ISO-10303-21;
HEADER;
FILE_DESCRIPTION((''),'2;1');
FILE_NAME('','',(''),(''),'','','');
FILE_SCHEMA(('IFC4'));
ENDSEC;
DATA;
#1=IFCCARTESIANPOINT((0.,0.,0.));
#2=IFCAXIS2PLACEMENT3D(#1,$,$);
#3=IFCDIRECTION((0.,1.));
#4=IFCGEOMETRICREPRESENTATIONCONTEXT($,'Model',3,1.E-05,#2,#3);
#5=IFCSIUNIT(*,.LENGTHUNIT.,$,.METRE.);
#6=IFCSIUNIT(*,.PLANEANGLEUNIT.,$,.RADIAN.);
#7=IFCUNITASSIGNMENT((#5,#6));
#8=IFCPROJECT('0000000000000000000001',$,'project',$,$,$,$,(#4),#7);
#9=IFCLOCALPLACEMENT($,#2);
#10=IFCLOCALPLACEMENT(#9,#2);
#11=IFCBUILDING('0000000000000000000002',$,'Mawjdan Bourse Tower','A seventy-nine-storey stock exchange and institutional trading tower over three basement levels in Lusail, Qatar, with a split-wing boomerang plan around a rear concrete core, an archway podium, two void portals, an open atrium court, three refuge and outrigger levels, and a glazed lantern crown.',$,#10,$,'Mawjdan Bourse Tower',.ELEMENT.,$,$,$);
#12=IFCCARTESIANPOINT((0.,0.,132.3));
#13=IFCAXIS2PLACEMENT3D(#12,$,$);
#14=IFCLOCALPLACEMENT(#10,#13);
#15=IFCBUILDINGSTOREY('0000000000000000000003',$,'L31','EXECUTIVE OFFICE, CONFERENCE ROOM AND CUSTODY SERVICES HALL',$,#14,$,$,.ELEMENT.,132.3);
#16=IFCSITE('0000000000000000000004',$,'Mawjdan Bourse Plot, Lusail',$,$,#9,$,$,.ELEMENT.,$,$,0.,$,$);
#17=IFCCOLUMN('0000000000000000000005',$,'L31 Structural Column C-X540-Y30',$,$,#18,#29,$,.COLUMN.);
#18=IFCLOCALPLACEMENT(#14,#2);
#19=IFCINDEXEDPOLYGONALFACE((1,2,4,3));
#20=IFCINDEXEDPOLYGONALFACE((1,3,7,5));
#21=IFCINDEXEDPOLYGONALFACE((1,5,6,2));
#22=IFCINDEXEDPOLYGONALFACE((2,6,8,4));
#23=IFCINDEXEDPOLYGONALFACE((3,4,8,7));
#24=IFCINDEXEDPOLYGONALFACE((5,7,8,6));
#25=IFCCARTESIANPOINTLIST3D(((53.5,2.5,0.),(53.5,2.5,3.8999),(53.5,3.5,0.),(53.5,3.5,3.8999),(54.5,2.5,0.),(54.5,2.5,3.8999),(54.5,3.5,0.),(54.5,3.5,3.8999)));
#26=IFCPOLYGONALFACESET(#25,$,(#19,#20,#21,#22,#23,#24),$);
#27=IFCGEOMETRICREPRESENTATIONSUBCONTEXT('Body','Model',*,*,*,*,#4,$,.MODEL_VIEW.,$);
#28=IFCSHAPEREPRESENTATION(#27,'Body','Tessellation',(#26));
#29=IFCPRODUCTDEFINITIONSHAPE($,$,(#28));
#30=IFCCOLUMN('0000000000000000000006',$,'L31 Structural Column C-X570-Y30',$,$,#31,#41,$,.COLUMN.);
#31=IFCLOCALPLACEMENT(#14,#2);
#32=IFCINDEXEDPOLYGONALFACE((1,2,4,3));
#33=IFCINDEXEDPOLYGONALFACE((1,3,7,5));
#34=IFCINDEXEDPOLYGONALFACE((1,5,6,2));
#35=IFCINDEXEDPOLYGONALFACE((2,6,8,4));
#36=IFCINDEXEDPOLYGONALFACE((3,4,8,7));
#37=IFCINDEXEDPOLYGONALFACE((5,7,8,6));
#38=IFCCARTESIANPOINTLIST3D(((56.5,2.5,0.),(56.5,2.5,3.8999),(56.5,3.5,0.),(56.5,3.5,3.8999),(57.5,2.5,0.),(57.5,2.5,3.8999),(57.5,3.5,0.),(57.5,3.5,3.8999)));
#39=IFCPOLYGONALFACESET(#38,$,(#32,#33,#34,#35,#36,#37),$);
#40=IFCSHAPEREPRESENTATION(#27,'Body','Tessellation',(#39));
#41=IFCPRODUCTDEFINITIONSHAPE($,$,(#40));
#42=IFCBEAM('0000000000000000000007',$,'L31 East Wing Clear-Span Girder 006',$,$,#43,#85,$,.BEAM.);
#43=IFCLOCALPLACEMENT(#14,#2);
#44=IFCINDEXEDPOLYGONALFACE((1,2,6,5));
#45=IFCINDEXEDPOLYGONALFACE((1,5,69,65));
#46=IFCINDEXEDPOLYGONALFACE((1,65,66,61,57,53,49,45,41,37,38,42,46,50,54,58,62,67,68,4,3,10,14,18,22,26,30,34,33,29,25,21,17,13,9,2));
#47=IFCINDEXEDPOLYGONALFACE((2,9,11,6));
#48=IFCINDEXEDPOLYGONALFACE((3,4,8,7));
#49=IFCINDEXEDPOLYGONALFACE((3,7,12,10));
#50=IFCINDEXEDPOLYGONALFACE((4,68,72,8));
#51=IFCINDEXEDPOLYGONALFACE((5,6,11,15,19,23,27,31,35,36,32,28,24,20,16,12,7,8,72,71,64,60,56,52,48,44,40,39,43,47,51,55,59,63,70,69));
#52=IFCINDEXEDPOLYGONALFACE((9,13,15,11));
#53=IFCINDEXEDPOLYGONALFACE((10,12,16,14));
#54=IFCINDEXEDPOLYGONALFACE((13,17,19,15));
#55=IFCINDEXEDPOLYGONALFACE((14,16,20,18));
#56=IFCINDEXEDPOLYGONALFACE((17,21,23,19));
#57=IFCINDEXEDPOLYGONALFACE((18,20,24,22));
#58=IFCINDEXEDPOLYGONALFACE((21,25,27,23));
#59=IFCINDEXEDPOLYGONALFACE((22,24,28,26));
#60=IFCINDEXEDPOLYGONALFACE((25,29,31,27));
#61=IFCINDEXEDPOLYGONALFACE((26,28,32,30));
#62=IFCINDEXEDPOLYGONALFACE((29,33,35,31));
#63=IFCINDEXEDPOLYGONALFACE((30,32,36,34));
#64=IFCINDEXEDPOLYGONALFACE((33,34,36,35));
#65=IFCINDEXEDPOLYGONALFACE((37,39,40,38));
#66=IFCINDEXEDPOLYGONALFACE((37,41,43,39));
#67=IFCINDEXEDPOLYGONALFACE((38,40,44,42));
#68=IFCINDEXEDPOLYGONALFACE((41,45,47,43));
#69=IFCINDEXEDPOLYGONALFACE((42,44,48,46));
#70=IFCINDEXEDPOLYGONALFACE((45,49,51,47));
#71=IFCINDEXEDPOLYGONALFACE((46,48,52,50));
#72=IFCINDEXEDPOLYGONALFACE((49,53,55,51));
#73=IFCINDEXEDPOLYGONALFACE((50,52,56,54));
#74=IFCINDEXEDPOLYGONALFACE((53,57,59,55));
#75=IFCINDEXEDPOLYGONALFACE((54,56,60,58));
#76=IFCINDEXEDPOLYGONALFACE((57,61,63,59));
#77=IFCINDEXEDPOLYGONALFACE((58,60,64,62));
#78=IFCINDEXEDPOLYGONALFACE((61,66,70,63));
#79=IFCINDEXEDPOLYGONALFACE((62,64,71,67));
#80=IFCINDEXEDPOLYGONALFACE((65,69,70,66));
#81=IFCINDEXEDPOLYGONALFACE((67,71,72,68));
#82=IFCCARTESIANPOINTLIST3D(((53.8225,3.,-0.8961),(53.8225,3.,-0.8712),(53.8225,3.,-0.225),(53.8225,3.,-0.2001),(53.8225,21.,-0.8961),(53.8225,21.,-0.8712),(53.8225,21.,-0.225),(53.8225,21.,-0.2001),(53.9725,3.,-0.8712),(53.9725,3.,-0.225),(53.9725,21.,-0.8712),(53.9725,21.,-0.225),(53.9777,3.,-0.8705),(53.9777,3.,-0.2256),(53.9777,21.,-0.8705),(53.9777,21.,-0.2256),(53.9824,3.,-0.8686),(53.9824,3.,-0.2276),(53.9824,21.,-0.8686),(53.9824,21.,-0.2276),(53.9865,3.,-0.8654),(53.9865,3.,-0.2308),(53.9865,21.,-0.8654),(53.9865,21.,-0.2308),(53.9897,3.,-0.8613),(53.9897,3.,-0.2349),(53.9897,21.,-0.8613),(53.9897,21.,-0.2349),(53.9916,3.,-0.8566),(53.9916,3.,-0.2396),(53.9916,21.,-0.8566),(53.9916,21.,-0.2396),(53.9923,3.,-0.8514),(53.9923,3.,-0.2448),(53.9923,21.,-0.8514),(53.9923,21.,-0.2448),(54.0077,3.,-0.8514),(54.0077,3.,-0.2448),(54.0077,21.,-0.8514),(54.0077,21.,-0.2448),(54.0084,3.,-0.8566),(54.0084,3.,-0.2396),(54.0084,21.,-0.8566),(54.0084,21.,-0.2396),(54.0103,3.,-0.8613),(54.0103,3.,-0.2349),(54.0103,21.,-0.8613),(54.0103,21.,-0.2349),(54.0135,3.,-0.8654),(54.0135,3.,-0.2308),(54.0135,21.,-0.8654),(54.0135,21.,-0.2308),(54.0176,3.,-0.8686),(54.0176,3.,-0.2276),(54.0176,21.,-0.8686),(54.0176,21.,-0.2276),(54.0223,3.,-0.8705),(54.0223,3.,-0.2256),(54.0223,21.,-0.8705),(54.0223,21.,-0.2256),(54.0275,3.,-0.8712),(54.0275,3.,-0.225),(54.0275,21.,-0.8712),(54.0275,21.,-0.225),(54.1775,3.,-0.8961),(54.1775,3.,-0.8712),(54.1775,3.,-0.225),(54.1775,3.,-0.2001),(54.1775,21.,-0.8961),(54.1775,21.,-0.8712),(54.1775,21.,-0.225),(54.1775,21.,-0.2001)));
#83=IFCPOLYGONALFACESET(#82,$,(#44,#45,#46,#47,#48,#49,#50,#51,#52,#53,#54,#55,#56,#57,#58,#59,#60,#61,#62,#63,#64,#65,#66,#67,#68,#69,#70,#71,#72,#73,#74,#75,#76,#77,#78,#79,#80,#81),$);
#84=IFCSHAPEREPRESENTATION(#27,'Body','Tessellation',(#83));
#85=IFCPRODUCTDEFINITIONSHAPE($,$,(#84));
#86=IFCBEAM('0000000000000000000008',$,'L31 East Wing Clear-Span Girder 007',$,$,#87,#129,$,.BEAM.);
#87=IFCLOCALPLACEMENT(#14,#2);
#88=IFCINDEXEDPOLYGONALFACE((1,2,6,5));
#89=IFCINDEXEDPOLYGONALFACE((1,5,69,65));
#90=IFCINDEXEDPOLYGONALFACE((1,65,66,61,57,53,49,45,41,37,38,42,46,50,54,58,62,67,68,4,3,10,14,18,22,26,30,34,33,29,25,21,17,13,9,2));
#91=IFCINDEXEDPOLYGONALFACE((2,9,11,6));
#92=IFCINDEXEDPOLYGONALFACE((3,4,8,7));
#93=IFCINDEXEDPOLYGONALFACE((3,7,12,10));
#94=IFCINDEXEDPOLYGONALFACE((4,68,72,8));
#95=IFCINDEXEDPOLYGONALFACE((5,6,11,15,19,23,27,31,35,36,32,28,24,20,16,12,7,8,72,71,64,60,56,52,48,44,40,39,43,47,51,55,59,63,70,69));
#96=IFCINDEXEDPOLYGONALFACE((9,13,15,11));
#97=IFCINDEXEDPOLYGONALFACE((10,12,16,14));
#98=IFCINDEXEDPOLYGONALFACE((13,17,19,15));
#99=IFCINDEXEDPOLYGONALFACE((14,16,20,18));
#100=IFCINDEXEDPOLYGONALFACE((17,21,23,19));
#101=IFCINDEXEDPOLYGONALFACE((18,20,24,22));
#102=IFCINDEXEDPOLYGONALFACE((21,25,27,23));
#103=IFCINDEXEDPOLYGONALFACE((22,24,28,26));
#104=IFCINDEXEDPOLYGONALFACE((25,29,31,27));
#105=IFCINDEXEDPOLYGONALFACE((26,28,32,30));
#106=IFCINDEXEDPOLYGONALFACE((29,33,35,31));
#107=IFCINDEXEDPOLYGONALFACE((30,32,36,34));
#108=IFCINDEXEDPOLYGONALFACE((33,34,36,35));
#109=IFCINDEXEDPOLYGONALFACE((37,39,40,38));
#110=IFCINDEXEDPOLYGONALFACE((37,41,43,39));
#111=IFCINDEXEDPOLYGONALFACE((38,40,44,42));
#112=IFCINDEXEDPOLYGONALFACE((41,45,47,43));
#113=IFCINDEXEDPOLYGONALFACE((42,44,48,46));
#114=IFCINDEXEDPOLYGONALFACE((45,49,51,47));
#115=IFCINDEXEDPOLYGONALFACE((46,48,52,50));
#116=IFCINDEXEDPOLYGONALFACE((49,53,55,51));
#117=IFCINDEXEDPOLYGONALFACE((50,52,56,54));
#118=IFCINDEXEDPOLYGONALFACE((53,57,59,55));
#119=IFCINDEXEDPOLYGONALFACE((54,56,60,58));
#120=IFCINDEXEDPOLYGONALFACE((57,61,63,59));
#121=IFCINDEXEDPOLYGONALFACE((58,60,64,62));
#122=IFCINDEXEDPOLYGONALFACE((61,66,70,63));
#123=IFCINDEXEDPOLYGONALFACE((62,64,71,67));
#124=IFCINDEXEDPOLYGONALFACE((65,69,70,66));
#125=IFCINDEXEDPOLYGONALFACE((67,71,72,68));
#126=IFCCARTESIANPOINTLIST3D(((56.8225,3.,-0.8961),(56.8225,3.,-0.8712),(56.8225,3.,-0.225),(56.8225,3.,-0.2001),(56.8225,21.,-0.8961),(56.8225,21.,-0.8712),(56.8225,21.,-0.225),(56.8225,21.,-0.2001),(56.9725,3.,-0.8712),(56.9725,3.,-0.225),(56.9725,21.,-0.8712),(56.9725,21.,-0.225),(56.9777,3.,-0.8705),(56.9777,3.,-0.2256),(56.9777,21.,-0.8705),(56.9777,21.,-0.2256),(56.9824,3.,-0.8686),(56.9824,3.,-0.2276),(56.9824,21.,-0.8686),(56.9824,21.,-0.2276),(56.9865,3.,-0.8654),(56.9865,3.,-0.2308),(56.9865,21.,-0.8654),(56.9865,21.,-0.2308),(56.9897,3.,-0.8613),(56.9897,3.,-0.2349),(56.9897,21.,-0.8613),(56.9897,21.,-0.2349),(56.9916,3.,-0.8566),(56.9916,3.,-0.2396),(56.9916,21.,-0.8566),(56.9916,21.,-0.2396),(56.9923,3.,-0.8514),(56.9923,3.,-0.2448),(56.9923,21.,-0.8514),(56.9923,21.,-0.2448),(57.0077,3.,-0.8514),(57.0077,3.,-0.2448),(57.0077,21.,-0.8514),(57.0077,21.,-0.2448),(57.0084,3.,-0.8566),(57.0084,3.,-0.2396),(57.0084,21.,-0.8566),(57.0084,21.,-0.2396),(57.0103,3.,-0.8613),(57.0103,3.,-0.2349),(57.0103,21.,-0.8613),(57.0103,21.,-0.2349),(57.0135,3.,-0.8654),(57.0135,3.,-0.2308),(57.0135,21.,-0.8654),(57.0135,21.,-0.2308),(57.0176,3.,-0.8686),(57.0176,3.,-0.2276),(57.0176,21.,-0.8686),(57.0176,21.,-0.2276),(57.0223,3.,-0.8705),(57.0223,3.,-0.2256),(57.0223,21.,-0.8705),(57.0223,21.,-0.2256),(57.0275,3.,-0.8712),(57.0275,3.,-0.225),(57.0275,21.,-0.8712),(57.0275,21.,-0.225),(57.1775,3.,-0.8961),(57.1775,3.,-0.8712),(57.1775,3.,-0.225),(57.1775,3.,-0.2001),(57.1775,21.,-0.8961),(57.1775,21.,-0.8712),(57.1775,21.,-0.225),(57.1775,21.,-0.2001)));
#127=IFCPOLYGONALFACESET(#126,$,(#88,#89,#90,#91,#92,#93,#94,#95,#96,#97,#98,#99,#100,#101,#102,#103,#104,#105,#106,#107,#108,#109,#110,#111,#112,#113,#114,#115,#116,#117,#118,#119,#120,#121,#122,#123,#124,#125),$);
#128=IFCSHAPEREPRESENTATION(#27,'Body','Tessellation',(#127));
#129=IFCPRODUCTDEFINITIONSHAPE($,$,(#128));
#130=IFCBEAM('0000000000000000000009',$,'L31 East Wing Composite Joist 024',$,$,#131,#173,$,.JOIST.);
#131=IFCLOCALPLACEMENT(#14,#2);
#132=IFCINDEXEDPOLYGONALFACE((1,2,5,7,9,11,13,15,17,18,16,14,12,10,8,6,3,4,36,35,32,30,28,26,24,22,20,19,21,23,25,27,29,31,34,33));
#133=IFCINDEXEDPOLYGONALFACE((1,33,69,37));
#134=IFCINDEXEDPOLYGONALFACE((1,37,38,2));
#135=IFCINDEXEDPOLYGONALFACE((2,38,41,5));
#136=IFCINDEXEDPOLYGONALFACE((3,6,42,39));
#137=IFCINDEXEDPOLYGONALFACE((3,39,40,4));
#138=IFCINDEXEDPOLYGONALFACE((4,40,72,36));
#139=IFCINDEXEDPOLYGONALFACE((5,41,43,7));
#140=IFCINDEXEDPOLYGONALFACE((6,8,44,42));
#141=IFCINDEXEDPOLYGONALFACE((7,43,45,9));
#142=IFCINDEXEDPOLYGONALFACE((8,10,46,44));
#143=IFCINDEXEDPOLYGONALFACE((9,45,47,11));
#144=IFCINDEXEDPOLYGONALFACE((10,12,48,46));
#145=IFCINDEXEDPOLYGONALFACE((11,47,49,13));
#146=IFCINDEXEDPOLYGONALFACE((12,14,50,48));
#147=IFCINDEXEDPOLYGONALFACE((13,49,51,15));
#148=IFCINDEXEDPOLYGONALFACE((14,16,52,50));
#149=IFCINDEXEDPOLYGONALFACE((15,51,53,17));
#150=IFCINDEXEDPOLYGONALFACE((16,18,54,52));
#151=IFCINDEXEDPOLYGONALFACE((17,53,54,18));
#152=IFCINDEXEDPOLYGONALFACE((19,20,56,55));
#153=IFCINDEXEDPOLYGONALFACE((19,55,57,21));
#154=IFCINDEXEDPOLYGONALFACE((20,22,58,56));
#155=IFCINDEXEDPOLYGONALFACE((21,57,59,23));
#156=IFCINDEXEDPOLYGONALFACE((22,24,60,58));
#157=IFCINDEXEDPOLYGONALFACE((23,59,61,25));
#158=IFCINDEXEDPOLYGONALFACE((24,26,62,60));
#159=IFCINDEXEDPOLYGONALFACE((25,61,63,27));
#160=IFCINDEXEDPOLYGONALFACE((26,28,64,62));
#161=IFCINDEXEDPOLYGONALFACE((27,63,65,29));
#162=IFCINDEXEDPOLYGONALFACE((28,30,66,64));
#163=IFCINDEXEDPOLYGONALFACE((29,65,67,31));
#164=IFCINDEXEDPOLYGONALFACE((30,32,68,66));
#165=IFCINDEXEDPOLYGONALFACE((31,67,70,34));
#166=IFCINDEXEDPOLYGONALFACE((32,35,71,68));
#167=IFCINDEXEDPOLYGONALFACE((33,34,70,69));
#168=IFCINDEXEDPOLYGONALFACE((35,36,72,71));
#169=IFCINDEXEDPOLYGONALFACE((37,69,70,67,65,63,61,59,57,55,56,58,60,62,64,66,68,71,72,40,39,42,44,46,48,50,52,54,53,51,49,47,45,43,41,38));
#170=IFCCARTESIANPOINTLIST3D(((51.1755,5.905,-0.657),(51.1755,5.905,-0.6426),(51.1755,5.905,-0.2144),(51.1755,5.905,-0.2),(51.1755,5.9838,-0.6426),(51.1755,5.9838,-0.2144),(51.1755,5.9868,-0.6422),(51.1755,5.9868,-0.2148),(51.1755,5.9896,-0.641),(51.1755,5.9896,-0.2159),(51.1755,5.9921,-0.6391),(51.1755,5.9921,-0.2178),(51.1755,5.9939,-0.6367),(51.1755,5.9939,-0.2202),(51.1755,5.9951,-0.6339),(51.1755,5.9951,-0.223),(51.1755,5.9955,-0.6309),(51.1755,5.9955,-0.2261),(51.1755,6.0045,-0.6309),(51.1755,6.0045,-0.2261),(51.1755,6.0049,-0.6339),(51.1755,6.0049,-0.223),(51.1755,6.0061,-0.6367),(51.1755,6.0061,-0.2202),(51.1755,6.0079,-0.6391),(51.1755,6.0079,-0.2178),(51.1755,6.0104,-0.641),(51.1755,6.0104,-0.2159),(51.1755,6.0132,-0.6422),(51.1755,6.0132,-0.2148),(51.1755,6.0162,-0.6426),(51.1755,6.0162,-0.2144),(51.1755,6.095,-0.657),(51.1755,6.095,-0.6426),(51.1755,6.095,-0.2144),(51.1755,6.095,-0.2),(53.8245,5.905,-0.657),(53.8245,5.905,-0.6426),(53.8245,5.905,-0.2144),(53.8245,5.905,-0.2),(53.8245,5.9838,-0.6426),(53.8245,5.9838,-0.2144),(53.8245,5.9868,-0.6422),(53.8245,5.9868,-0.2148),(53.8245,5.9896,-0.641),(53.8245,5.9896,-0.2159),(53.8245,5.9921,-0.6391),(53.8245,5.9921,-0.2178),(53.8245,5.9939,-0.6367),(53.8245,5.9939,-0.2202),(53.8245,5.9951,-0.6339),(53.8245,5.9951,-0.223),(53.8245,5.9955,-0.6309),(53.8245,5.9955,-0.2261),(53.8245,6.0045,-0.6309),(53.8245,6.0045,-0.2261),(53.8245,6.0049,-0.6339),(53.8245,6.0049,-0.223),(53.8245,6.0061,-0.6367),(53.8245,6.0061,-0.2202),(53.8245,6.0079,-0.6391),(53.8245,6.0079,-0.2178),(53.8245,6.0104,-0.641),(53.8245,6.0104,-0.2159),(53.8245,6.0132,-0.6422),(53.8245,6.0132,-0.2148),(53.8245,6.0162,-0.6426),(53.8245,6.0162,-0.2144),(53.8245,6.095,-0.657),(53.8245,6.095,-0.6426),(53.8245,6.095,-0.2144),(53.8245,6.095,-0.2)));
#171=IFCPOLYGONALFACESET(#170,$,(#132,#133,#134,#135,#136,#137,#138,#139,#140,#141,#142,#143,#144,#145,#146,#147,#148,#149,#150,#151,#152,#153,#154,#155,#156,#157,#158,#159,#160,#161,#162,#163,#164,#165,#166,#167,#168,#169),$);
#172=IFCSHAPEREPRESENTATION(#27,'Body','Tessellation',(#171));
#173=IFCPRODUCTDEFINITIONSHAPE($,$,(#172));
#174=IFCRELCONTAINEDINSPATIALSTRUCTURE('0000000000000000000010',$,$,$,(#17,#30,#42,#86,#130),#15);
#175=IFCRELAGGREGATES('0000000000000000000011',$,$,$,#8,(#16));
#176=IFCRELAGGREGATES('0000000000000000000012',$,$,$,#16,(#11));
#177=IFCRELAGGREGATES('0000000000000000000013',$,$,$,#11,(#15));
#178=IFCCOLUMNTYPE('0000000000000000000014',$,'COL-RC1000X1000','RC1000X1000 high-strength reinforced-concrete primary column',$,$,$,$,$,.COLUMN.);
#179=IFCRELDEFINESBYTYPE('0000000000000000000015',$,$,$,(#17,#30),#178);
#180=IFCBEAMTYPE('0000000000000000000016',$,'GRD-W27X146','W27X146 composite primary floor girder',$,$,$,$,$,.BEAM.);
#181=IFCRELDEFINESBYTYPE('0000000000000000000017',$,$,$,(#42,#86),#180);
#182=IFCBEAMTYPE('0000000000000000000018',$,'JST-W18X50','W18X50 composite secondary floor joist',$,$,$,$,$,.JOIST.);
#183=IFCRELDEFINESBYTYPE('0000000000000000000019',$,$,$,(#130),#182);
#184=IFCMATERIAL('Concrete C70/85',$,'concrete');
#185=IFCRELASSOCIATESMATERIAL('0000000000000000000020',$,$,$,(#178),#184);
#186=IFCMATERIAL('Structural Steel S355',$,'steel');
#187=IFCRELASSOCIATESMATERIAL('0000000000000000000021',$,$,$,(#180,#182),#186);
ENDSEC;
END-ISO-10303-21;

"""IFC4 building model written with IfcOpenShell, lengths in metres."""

from ifc_helpers import new_model, si_unit, direction, frame, origin, origin_2d, place, context, subcontext, project, spatial, rectangle, i_section, extrude, material, material_profile, profile_set, type_object, element, save


model = new_model("IFC4")

# Units and contexts
model_context = context("Model", 3, precision=1e-05, world=origin(), true_north=direction((0.0, 1.0)))
body_context = subcontext(model_context, "Body", "Model", "MODEL_VIEW")
ifc_project = project(units=[si_unit("LENGTHUNIT", "METRE"), si_unit("PLANEANGLEUNIT", "RADIAN")], contexts=[model_context])

# Site, building, storey
site_placement = place(None, origin())
site = spatial("IfcSite", under=ifc_project, at=site_placement, Name="Mawjdan Bourse Plot, Lusail", CompositionType="ELEMENT", RefElevation=0.0)
building_placement = place(site_placement, origin())
building = spatial("IfcBuilding", under=site, at=building_placement, Name="Mawjdan Bourse Tower", Description="A seventy-nine-storey stock exchange and institutional trading tower over three basement levels in Lusail, Qatar, with a split-wing boomerang plan around a rear concrete core, an archway podium, two void portals, an open atrium court, three refuge and outrigger levels, and a glazed lantern crown.", LongName="Mawjdan Bourse Tower", CompositionType="ELEMENT")
storey_placement = place(building_placement, frame((0.0, 0.0, 132.3)))
storey = spatial("IfcBuildingStorey", under=building, at=storey_placement, Name="L31", Description="EXECUTIVE OFFICE, CONFERENCE ROOM AND CUSTODY SERVICES HALL", CompositionType="ELEMENT", Elevation=132.3)

# Columns
ifc_material_1 = material(Name="Concrete C70/85", Category="concrete")
ifc_material_profile_1 = material_profile(ifc_material_1, rectangle(XDim=1.0, YDim=1.0, at=origin_2d()), Name="RC1000X1000")
ifc_profile_set_1 = profile_set([ifc_material_profile_1], Name="Concrete C70/85")
column_type = type_object("IfcColumnType", Name="COL-RC1000X1000", Description="RC1000X1000 high-strength reinforced-concrete primary column", PredefinedType="COLUMN", material=ifc_profile_set_1)
for number, where, z_axis, x_axis, name in (
    (1, (54.0, 3.0, 0.0), (0.0, 0.0, 1.0), (1.0, 0.0, 0.0), "L31 Structural Column C-X540-Y30"),
    (2, (57.0, 3.0, 0.0), (0.0, 0.0, 1.0), (1.0, 0.0, 0.0), "L31 Structural Column C-X570-Y30"),
):
    element("IfcColumn", number, at=place(storey_placement, frame(where, z_axis=z_axis, x_axis=x_axis)), inside=storey, type_object=column_type, Name=name, PredefinedType="COLUMN", context=body_context, shape_type="SweptSolid", body=[
        extrude(rectangle(XDim=1.0, YDim=1.0, at=origin_2d()), origin(), (0.0, 0.0, 1.0), 3.8999),
    ])

# Beams
ifc_material_2 = material(Name="Structural Steel S355", Category="steel")
ifc_material_profile_2 = material_profile(ifc_material_2, i_section(OverallWidth=0.355, OverallDepth=0.696, WebThickness=0.0154, FlangeThickness=0.0249, FilletRadius=0.0198, at=origin_2d()), Name="W27X146")
ifc_profile_set_2 = profile_set([ifc_material_profile_2], Name="Structural Steel S355")
beam_type_1 = type_object("IfcBeamType", Name="GRD-W27X146", Description="W27X146 composite primary floor girder", PredefinedType="BEAM", material=ifc_profile_set_2)
for number, where, z_axis, x_axis, name in (
    (3, (54.0, 3.0, -0.5481), (0.0, 1.0, 0.0), (-1.0, 0.0, 0.0), "L31 East Wing Clear-Span Girder 006"),
    (4, (57.0, 3.0, -0.5481), (0.0, 1.0, 0.0), (-1.0, 0.0, 0.0), "L31 East Wing Clear-Span Girder 007"),
):
    element("IfcBeam", number, at=place(storey_placement, frame(where, z_axis=z_axis, x_axis=x_axis)), inside=storey, type_object=beam_type_1, Name=name, PredefinedType="BEAM", context=body_context, shape_type="SweptSolid", body=[
        extrude(i_section(OverallWidth=0.355, OverallDepth=0.696, WebThickness=0.0154, FlangeThickness=0.0249, FilletRadius=0.0198, at=origin_2d()), origin(), (0.0, 0.0, 1.0), 18.0),
    ])
ifc_material_profile_3 = material_profile(ifc_material_2, i_section(OverallWidth=0.1899, OverallDepth=0.457, WebThickness=0.009, FlangeThickness=0.0144, FilletRadius=0.0117, at=origin_2d()), Name="W18X50")
ifc_profile_set_3 = profile_set([ifc_material_profile_3], Name="Structural Steel S355")
beam_type_2 = type_object("IfcBeamType", Name="JST-W18X50", Description="W18X50 composite secondary floor joist", PredefinedType="JOIST", material=ifc_profile_set_3)
for number, where, z_axis, x_axis, name in (
    (5, (51.1755, 6.0, -0.4285), (1.0, 0.0, 0.0), (0.0, 1.0, 0.0), "L31 East Wing Composite Joist 024"),
):
    element("IfcBeam", number, at=place(storey_placement, frame(where, z_axis=z_axis, x_axis=x_axis)), inside=storey, type_object=beam_type_2, Name=name, PredefinedType="JOIST", context=body_context, shape_type="SweptSolid", body=[
        extrude(i_section(OverallWidth=0.1899, OverallDepth=0.457, WebThickness=0.009, FlangeThickness=0.0144, FilletRadius=0.0117, at=origin_2d()), origin(), (0.0, 0.0, 1.0), 2.6489),
    ])

save(model, "model.ifc")
